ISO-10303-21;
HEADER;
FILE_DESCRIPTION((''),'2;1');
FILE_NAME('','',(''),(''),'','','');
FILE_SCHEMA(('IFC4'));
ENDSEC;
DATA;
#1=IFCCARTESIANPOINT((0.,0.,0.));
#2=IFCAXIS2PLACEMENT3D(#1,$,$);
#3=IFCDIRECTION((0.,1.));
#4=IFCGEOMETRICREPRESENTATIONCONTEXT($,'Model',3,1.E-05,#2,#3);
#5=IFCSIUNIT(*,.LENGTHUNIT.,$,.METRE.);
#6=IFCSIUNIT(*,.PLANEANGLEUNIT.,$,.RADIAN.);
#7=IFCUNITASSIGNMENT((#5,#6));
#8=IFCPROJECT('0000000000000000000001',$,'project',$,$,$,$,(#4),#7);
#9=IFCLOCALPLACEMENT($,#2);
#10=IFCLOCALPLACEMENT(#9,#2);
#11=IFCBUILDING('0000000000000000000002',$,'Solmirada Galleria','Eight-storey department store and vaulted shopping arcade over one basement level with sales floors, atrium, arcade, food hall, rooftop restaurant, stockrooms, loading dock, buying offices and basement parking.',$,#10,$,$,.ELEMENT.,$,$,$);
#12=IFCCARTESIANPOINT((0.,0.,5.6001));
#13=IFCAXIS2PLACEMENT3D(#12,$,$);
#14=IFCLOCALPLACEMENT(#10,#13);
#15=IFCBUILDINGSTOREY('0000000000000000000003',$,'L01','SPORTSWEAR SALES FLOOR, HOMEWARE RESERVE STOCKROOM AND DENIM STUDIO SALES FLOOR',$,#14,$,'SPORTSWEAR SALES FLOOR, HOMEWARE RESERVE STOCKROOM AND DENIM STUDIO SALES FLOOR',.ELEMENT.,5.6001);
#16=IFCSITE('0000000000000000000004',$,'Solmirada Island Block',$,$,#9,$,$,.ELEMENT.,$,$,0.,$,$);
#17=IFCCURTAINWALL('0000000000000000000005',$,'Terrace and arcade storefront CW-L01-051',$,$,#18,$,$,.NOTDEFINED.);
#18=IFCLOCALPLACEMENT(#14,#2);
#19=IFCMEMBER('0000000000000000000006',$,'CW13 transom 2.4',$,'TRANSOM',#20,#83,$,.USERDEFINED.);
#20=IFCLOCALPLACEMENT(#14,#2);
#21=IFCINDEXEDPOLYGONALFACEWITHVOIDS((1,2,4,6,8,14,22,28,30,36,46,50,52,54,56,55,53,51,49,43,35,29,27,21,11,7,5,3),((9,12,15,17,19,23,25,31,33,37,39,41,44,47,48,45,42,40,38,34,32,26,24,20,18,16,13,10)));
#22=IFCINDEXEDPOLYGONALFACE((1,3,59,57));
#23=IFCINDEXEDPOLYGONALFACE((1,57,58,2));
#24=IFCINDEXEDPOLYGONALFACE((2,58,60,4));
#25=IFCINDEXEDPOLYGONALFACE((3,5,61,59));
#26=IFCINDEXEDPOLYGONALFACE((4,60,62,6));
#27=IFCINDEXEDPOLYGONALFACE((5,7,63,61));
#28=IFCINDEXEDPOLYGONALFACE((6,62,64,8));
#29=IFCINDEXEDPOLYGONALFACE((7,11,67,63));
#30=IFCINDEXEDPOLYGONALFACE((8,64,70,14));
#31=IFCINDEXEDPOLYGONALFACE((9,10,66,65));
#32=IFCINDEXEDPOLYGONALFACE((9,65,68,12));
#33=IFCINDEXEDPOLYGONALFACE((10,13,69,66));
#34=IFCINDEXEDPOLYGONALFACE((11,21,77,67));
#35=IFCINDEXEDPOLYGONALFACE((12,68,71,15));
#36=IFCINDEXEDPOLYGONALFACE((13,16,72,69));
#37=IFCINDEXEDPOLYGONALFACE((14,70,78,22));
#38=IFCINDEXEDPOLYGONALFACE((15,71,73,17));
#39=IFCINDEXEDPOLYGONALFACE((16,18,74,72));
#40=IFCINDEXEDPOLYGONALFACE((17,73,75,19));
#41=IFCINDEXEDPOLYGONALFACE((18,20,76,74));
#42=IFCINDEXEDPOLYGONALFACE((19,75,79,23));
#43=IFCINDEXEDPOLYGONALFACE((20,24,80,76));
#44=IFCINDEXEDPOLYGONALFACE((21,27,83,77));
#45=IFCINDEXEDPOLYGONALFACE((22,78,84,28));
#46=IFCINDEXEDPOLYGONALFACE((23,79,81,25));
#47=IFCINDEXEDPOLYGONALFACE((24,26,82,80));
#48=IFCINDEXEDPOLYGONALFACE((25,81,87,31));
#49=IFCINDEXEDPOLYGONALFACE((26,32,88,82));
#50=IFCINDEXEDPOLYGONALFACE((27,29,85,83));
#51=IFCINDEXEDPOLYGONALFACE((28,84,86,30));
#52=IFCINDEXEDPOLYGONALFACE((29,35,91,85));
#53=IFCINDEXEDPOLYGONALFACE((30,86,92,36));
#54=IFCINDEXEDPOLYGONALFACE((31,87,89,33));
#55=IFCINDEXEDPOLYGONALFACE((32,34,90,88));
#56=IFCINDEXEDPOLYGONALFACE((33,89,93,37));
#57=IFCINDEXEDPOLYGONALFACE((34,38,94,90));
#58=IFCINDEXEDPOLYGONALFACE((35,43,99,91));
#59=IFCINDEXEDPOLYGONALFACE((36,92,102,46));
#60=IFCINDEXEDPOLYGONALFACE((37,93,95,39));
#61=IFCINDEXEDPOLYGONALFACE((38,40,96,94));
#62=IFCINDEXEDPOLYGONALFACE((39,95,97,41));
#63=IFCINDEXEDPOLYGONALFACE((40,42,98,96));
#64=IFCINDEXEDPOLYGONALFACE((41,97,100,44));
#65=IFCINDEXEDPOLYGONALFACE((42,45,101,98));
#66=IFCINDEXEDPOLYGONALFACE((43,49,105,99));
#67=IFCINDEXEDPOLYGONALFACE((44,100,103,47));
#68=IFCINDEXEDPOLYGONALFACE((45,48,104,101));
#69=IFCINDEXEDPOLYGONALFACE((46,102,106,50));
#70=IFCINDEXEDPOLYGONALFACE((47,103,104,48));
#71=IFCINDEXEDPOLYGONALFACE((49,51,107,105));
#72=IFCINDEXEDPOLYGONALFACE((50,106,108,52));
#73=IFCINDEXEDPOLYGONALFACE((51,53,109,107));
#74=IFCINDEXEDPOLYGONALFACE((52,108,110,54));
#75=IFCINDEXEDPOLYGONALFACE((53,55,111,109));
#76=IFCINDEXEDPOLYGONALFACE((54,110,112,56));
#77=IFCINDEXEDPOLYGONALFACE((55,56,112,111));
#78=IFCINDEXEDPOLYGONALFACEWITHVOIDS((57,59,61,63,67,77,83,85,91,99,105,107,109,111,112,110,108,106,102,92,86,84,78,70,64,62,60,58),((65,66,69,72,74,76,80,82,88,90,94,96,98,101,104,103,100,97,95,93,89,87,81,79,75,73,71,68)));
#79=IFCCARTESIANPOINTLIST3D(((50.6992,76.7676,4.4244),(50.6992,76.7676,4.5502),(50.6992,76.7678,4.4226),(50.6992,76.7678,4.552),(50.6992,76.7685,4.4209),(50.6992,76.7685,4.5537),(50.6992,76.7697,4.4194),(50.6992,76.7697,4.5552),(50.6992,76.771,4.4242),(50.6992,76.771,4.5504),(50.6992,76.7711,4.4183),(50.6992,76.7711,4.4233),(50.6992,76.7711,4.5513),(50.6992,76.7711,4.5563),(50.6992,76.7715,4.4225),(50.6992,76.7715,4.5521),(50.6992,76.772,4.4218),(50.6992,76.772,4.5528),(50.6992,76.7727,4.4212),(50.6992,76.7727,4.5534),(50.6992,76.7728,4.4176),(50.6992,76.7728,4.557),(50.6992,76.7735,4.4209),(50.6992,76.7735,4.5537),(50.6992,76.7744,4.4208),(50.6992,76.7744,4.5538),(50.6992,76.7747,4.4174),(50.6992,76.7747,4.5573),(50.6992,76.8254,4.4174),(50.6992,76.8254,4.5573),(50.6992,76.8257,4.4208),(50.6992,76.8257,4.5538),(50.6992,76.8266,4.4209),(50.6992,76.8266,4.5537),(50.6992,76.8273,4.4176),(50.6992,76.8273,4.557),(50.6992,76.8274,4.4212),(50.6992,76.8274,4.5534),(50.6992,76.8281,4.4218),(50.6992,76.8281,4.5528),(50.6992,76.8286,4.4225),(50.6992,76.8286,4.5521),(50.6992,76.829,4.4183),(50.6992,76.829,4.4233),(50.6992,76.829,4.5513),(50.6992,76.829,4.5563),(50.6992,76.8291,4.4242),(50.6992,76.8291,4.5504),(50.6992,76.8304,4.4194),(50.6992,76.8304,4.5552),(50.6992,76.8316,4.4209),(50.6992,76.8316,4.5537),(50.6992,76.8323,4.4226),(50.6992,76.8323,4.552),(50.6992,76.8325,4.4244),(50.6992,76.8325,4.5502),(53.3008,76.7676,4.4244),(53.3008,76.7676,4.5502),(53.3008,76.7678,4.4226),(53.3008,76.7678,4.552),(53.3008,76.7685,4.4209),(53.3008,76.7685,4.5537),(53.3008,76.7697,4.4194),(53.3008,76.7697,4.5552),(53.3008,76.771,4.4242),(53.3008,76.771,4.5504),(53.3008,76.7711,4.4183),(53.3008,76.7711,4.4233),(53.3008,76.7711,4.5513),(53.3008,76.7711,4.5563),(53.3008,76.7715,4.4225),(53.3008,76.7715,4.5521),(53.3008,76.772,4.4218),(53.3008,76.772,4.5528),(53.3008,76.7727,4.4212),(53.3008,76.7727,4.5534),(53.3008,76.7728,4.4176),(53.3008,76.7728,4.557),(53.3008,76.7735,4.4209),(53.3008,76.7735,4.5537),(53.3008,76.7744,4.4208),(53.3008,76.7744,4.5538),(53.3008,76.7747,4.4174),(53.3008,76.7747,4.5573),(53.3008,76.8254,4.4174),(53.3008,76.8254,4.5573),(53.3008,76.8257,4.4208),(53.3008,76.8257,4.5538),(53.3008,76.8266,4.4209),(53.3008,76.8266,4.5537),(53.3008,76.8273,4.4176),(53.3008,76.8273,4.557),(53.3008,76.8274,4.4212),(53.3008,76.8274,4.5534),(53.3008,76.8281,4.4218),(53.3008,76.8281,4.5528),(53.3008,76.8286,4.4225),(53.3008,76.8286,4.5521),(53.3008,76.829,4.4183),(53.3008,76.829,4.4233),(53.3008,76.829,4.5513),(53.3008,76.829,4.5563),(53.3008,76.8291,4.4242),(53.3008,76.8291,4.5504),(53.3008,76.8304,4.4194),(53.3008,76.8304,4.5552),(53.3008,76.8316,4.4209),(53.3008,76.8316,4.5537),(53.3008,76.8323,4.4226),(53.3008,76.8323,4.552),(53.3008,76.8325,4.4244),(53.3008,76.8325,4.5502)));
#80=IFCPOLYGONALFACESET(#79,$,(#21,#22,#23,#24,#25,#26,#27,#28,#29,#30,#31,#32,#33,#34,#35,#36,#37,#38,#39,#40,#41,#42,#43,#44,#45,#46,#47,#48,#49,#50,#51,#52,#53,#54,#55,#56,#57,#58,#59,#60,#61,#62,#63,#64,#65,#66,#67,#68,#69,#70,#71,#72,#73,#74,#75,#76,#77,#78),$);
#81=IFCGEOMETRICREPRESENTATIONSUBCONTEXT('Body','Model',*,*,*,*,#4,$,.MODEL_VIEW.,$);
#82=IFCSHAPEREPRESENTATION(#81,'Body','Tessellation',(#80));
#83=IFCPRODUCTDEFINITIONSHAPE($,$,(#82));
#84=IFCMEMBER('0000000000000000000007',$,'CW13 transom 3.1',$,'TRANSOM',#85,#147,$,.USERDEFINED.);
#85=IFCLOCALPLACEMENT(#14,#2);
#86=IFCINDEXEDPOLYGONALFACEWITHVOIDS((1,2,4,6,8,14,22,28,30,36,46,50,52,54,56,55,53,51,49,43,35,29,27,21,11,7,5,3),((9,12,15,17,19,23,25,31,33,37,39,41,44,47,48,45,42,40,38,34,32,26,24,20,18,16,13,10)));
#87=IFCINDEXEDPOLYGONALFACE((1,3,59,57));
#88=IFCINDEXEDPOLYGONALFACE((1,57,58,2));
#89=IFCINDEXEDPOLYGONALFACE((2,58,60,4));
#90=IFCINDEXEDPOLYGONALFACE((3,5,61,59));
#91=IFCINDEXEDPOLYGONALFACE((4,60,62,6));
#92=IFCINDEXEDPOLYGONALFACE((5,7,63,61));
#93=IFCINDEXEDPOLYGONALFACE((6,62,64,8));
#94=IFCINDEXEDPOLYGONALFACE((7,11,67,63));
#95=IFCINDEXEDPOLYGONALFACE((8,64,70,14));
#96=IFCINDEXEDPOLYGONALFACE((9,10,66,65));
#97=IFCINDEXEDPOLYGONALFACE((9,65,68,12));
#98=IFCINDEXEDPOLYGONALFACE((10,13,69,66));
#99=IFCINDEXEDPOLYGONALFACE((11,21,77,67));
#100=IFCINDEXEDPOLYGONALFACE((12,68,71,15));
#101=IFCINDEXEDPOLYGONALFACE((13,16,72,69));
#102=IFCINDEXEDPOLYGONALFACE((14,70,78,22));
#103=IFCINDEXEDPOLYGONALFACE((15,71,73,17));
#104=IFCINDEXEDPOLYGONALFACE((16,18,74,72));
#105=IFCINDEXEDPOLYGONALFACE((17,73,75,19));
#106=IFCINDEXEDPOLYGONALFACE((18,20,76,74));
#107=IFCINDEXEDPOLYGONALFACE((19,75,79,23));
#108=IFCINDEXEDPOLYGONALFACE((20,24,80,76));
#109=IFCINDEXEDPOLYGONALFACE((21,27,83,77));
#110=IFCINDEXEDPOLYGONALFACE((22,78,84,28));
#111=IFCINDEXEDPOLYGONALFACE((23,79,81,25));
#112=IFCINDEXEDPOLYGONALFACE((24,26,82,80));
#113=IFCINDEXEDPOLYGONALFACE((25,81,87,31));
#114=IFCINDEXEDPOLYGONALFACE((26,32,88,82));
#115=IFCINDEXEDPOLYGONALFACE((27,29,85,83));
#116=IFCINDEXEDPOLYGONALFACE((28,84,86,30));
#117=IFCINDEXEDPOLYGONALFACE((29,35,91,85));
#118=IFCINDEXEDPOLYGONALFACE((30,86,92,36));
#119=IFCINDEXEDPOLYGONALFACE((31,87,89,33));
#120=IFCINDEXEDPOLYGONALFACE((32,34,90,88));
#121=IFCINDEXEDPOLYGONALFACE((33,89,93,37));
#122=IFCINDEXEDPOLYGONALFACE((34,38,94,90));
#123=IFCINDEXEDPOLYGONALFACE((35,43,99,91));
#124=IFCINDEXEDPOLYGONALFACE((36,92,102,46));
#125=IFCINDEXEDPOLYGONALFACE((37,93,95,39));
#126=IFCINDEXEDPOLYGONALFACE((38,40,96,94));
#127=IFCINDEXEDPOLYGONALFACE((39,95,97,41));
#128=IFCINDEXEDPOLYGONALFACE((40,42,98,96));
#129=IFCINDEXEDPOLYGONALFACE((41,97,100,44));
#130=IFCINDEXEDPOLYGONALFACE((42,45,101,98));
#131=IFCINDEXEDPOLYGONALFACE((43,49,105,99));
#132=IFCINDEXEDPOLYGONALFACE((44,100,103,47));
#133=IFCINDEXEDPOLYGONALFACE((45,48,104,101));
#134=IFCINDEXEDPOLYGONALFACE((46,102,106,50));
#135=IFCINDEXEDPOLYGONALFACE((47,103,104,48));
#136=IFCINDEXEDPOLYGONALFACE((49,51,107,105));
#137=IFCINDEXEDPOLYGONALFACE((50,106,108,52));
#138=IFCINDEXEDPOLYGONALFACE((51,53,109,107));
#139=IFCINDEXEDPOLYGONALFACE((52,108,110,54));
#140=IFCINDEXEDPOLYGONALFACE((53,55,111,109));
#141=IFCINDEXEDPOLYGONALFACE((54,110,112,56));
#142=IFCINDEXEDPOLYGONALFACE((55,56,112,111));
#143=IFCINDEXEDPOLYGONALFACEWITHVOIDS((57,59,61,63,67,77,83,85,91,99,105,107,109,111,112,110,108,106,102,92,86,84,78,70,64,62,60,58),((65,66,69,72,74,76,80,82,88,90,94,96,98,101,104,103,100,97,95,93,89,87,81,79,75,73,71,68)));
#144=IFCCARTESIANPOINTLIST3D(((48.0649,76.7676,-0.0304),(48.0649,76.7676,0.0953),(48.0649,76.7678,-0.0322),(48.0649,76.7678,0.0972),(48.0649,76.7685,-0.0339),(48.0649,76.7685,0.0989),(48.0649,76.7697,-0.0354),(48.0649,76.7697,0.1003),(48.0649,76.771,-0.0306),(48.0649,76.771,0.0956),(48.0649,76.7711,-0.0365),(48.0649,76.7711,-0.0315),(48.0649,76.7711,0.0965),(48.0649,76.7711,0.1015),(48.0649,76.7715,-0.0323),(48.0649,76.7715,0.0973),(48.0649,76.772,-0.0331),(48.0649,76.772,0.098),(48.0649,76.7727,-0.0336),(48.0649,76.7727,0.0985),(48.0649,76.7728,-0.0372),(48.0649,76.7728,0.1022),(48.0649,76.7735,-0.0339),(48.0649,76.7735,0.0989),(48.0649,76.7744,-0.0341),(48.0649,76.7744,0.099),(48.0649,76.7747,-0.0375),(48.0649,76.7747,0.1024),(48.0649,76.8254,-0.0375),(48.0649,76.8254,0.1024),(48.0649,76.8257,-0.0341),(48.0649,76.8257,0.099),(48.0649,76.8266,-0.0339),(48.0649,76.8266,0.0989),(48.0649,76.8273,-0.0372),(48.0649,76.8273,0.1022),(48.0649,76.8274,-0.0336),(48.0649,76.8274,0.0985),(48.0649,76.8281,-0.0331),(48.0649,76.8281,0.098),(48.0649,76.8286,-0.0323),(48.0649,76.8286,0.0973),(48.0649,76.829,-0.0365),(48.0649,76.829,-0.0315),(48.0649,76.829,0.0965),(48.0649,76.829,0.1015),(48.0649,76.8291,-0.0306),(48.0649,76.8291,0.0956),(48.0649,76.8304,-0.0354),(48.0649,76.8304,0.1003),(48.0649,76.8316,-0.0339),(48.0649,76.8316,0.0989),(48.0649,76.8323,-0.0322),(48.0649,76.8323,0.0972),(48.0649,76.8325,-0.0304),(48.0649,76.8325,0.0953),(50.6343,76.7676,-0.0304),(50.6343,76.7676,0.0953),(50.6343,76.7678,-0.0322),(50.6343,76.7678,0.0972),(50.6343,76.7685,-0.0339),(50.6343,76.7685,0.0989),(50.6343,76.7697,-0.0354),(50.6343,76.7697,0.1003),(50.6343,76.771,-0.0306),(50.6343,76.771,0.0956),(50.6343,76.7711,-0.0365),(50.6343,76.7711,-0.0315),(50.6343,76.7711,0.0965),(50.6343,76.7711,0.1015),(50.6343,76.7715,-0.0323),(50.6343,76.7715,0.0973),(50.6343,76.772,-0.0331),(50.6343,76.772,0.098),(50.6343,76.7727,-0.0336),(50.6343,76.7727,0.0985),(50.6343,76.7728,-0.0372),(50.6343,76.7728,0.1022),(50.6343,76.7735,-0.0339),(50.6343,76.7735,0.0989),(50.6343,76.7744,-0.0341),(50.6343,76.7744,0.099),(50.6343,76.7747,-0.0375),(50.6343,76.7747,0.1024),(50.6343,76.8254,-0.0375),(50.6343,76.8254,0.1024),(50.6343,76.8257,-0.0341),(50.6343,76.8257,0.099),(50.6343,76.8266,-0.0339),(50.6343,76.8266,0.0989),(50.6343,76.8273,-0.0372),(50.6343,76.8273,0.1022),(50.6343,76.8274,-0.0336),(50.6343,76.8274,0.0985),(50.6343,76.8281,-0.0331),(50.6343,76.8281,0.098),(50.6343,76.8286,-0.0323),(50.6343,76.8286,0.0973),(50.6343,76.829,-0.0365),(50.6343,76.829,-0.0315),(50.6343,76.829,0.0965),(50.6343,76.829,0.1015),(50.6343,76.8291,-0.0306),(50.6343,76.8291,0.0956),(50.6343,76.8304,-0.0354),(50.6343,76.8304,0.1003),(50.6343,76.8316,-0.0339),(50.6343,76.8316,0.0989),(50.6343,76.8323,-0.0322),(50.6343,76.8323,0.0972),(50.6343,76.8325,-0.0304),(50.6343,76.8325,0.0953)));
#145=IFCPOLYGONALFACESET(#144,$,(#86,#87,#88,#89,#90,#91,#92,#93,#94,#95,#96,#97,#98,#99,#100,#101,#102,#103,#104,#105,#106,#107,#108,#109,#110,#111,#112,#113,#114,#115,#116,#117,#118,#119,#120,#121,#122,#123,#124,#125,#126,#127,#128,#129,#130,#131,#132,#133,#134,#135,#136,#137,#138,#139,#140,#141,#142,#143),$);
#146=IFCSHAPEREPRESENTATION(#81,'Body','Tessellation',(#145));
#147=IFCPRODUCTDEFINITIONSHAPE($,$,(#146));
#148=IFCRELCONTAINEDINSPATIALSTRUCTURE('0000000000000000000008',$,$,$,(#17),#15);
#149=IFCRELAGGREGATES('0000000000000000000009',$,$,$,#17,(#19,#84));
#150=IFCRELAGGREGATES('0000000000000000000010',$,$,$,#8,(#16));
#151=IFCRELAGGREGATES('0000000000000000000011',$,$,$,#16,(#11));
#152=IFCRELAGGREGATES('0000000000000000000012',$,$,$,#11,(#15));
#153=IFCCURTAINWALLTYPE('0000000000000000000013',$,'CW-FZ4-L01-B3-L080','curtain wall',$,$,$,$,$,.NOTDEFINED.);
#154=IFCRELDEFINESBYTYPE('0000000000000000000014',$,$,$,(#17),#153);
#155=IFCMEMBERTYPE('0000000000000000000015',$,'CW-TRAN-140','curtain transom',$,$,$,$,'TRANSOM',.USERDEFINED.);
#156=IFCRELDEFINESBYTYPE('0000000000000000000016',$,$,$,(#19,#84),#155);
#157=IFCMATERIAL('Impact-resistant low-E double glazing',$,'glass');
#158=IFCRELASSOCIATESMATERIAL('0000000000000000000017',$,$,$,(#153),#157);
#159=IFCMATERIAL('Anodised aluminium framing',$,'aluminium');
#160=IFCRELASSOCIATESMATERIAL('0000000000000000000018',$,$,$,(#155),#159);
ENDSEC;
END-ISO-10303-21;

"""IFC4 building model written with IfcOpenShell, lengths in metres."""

from ifc_helpers import new_model, si_unit, direction, frame, origin, origin_2d, place, context, subcontext, project, spatial, hollow_rectangle, extrude, material, material_profile, profile_set, type_object, element, aggregate, save


model = new_model("IFC4")

# Units and contexts
model_context = context("Model", 3, precision=1e-05, world=origin(), true_north=direction((0.0, 1.0)))
body_context = subcontext(model_context, "Body", "Model", "MODEL_VIEW")
ifc_project = project(units=[si_unit("LENGTHUNIT", "METRE"), si_unit("PLANEANGLEUNIT", "RADIAN")], contexts=[model_context])

# Site, building, storey
site_placement = place(None, origin())
site = spatial("IfcSite", under=ifc_project, at=site_placement, Name="Solmirada Island Block", CompositionType="ELEMENT", RefElevation=0.0)
building_placement = place(site_placement, origin())
building = spatial("IfcBuilding", under=site, at=building_placement, Name="Solmirada Galleria", Description="Eight-storey department store and vaulted shopping arcade over one basement level with sales floors, atrium, arcade, food hall, rooftop restaurant, stockrooms, loading dock, buying offices and basement parking.", CompositionType="ELEMENT")
storey_placement = place(building_placement, frame((0.0, 0.0, 5.6001)))
storey = spatial("IfcBuildingStorey", under=building, at=storey_placement, Name="L01", Description="SPORTSWEAR SALES FLOOR, HOMEWARE RESERVE STOCKROOM AND DENIM STUDIO SALES FLOOR", LongName="SPORTSWEAR SALES FLOOR, HOMEWARE RESERVE STOCKROOM AND DENIM STUDIO SALES FLOOR", CompositionType="ELEMENT", Elevation=5.6001)

# Curtain wall
ifc_material_1 = material(Name="Impact-resistant low-E double glazing", Category="glass")
curtain_wall_type = type_object("IfcCurtainWallType", Name="CW-FZ4-L01-B3-L080", Description="curtain wall", PredefinedType="NOTDEFINED", material=ifc_material_1)
curtain_wall_1_placement = place(storey_placement, origin())
curtain_wall_1 = element("IfcCurtainWall", 1, at=curtain_wall_1_placement, inside=storey, type_object=curtain_wall_type, Name="Terrace and arcade storefront CW-L01-051", PredefinedType="NOTDEFINED")
ifc_material_2 = material(Name="Anodised aluminium framing", Category="aluminium")

# Members
ifc_material_profile_1 = material_profile(ifc_material_2, hollow_rectangle(XDim=0.0649, YDim=0.1399, WallThickness=0.0034, InnerFilletRadius=0.0034, OuterFilletRadius=0.0071, at=origin_2d()), Name="ALU-TRAN-140X65")
ifc_profile_set_1 = profile_set([ifc_material_profile_1], Name="Anodised aluminium framing")
member_type_1 = type_object("IfcMemberType", Name="CW-TRAN-140", Description="curtain transom", ElementType="TRANSOM", PredefinedType="USERDEFINED", material=ifc_profile_set_1)
member_1_placement = place(storey_placement, frame((53.3008, 76.8, 4.4873), z_axis=(-1.0, 0.0, 0.0), x_axis=(0.0, -1.0, 0.0)))
member_1 = element("IfcMember", 2, at=member_1_placement, type_object=member_type_1, Name="CW13 transom 2.4", ObjectType="TRANSOM", PredefinedType="USERDEFINED", context=body_context, shape_type="SweptSolid", body=[
    extrude(hollow_rectangle(XDim=0.0649, YDim=0.1399, WallThickness=0.0034, InnerFilletRadius=0.0034, OuterFilletRadius=0.0071, at=origin_2d()), origin(), (0.0, 0.0, 1.0), 2.6016),
])
member_2_placement = place(storey_placement, frame((50.6343, 76.8, 0.0325), z_axis=(-1.0, 0.0, 0.0), x_axis=(0.0, -1.0, 0.0)))
member_2 = element("IfcMember", 3, at=member_2_placement, type_object=member_type_1, Name="CW13 transom 3.1", ObjectType="TRANSOM", PredefinedType="USERDEFINED", context=body_context, shape_type="SweptSolid", body=[
    extrude(hollow_rectangle(XDim=0.0649, YDim=0.1399, WallThickness=0.0034, InnerFilletRadius=0.0034, OuterFilletRadius=0.0071, at=origin_2d()), origin(), (0.0, 0.0, 1.0), 2.5693),
])

aggregate(curtain_wall_1, [member_1, member_2])

save(model, "model.ifc")
